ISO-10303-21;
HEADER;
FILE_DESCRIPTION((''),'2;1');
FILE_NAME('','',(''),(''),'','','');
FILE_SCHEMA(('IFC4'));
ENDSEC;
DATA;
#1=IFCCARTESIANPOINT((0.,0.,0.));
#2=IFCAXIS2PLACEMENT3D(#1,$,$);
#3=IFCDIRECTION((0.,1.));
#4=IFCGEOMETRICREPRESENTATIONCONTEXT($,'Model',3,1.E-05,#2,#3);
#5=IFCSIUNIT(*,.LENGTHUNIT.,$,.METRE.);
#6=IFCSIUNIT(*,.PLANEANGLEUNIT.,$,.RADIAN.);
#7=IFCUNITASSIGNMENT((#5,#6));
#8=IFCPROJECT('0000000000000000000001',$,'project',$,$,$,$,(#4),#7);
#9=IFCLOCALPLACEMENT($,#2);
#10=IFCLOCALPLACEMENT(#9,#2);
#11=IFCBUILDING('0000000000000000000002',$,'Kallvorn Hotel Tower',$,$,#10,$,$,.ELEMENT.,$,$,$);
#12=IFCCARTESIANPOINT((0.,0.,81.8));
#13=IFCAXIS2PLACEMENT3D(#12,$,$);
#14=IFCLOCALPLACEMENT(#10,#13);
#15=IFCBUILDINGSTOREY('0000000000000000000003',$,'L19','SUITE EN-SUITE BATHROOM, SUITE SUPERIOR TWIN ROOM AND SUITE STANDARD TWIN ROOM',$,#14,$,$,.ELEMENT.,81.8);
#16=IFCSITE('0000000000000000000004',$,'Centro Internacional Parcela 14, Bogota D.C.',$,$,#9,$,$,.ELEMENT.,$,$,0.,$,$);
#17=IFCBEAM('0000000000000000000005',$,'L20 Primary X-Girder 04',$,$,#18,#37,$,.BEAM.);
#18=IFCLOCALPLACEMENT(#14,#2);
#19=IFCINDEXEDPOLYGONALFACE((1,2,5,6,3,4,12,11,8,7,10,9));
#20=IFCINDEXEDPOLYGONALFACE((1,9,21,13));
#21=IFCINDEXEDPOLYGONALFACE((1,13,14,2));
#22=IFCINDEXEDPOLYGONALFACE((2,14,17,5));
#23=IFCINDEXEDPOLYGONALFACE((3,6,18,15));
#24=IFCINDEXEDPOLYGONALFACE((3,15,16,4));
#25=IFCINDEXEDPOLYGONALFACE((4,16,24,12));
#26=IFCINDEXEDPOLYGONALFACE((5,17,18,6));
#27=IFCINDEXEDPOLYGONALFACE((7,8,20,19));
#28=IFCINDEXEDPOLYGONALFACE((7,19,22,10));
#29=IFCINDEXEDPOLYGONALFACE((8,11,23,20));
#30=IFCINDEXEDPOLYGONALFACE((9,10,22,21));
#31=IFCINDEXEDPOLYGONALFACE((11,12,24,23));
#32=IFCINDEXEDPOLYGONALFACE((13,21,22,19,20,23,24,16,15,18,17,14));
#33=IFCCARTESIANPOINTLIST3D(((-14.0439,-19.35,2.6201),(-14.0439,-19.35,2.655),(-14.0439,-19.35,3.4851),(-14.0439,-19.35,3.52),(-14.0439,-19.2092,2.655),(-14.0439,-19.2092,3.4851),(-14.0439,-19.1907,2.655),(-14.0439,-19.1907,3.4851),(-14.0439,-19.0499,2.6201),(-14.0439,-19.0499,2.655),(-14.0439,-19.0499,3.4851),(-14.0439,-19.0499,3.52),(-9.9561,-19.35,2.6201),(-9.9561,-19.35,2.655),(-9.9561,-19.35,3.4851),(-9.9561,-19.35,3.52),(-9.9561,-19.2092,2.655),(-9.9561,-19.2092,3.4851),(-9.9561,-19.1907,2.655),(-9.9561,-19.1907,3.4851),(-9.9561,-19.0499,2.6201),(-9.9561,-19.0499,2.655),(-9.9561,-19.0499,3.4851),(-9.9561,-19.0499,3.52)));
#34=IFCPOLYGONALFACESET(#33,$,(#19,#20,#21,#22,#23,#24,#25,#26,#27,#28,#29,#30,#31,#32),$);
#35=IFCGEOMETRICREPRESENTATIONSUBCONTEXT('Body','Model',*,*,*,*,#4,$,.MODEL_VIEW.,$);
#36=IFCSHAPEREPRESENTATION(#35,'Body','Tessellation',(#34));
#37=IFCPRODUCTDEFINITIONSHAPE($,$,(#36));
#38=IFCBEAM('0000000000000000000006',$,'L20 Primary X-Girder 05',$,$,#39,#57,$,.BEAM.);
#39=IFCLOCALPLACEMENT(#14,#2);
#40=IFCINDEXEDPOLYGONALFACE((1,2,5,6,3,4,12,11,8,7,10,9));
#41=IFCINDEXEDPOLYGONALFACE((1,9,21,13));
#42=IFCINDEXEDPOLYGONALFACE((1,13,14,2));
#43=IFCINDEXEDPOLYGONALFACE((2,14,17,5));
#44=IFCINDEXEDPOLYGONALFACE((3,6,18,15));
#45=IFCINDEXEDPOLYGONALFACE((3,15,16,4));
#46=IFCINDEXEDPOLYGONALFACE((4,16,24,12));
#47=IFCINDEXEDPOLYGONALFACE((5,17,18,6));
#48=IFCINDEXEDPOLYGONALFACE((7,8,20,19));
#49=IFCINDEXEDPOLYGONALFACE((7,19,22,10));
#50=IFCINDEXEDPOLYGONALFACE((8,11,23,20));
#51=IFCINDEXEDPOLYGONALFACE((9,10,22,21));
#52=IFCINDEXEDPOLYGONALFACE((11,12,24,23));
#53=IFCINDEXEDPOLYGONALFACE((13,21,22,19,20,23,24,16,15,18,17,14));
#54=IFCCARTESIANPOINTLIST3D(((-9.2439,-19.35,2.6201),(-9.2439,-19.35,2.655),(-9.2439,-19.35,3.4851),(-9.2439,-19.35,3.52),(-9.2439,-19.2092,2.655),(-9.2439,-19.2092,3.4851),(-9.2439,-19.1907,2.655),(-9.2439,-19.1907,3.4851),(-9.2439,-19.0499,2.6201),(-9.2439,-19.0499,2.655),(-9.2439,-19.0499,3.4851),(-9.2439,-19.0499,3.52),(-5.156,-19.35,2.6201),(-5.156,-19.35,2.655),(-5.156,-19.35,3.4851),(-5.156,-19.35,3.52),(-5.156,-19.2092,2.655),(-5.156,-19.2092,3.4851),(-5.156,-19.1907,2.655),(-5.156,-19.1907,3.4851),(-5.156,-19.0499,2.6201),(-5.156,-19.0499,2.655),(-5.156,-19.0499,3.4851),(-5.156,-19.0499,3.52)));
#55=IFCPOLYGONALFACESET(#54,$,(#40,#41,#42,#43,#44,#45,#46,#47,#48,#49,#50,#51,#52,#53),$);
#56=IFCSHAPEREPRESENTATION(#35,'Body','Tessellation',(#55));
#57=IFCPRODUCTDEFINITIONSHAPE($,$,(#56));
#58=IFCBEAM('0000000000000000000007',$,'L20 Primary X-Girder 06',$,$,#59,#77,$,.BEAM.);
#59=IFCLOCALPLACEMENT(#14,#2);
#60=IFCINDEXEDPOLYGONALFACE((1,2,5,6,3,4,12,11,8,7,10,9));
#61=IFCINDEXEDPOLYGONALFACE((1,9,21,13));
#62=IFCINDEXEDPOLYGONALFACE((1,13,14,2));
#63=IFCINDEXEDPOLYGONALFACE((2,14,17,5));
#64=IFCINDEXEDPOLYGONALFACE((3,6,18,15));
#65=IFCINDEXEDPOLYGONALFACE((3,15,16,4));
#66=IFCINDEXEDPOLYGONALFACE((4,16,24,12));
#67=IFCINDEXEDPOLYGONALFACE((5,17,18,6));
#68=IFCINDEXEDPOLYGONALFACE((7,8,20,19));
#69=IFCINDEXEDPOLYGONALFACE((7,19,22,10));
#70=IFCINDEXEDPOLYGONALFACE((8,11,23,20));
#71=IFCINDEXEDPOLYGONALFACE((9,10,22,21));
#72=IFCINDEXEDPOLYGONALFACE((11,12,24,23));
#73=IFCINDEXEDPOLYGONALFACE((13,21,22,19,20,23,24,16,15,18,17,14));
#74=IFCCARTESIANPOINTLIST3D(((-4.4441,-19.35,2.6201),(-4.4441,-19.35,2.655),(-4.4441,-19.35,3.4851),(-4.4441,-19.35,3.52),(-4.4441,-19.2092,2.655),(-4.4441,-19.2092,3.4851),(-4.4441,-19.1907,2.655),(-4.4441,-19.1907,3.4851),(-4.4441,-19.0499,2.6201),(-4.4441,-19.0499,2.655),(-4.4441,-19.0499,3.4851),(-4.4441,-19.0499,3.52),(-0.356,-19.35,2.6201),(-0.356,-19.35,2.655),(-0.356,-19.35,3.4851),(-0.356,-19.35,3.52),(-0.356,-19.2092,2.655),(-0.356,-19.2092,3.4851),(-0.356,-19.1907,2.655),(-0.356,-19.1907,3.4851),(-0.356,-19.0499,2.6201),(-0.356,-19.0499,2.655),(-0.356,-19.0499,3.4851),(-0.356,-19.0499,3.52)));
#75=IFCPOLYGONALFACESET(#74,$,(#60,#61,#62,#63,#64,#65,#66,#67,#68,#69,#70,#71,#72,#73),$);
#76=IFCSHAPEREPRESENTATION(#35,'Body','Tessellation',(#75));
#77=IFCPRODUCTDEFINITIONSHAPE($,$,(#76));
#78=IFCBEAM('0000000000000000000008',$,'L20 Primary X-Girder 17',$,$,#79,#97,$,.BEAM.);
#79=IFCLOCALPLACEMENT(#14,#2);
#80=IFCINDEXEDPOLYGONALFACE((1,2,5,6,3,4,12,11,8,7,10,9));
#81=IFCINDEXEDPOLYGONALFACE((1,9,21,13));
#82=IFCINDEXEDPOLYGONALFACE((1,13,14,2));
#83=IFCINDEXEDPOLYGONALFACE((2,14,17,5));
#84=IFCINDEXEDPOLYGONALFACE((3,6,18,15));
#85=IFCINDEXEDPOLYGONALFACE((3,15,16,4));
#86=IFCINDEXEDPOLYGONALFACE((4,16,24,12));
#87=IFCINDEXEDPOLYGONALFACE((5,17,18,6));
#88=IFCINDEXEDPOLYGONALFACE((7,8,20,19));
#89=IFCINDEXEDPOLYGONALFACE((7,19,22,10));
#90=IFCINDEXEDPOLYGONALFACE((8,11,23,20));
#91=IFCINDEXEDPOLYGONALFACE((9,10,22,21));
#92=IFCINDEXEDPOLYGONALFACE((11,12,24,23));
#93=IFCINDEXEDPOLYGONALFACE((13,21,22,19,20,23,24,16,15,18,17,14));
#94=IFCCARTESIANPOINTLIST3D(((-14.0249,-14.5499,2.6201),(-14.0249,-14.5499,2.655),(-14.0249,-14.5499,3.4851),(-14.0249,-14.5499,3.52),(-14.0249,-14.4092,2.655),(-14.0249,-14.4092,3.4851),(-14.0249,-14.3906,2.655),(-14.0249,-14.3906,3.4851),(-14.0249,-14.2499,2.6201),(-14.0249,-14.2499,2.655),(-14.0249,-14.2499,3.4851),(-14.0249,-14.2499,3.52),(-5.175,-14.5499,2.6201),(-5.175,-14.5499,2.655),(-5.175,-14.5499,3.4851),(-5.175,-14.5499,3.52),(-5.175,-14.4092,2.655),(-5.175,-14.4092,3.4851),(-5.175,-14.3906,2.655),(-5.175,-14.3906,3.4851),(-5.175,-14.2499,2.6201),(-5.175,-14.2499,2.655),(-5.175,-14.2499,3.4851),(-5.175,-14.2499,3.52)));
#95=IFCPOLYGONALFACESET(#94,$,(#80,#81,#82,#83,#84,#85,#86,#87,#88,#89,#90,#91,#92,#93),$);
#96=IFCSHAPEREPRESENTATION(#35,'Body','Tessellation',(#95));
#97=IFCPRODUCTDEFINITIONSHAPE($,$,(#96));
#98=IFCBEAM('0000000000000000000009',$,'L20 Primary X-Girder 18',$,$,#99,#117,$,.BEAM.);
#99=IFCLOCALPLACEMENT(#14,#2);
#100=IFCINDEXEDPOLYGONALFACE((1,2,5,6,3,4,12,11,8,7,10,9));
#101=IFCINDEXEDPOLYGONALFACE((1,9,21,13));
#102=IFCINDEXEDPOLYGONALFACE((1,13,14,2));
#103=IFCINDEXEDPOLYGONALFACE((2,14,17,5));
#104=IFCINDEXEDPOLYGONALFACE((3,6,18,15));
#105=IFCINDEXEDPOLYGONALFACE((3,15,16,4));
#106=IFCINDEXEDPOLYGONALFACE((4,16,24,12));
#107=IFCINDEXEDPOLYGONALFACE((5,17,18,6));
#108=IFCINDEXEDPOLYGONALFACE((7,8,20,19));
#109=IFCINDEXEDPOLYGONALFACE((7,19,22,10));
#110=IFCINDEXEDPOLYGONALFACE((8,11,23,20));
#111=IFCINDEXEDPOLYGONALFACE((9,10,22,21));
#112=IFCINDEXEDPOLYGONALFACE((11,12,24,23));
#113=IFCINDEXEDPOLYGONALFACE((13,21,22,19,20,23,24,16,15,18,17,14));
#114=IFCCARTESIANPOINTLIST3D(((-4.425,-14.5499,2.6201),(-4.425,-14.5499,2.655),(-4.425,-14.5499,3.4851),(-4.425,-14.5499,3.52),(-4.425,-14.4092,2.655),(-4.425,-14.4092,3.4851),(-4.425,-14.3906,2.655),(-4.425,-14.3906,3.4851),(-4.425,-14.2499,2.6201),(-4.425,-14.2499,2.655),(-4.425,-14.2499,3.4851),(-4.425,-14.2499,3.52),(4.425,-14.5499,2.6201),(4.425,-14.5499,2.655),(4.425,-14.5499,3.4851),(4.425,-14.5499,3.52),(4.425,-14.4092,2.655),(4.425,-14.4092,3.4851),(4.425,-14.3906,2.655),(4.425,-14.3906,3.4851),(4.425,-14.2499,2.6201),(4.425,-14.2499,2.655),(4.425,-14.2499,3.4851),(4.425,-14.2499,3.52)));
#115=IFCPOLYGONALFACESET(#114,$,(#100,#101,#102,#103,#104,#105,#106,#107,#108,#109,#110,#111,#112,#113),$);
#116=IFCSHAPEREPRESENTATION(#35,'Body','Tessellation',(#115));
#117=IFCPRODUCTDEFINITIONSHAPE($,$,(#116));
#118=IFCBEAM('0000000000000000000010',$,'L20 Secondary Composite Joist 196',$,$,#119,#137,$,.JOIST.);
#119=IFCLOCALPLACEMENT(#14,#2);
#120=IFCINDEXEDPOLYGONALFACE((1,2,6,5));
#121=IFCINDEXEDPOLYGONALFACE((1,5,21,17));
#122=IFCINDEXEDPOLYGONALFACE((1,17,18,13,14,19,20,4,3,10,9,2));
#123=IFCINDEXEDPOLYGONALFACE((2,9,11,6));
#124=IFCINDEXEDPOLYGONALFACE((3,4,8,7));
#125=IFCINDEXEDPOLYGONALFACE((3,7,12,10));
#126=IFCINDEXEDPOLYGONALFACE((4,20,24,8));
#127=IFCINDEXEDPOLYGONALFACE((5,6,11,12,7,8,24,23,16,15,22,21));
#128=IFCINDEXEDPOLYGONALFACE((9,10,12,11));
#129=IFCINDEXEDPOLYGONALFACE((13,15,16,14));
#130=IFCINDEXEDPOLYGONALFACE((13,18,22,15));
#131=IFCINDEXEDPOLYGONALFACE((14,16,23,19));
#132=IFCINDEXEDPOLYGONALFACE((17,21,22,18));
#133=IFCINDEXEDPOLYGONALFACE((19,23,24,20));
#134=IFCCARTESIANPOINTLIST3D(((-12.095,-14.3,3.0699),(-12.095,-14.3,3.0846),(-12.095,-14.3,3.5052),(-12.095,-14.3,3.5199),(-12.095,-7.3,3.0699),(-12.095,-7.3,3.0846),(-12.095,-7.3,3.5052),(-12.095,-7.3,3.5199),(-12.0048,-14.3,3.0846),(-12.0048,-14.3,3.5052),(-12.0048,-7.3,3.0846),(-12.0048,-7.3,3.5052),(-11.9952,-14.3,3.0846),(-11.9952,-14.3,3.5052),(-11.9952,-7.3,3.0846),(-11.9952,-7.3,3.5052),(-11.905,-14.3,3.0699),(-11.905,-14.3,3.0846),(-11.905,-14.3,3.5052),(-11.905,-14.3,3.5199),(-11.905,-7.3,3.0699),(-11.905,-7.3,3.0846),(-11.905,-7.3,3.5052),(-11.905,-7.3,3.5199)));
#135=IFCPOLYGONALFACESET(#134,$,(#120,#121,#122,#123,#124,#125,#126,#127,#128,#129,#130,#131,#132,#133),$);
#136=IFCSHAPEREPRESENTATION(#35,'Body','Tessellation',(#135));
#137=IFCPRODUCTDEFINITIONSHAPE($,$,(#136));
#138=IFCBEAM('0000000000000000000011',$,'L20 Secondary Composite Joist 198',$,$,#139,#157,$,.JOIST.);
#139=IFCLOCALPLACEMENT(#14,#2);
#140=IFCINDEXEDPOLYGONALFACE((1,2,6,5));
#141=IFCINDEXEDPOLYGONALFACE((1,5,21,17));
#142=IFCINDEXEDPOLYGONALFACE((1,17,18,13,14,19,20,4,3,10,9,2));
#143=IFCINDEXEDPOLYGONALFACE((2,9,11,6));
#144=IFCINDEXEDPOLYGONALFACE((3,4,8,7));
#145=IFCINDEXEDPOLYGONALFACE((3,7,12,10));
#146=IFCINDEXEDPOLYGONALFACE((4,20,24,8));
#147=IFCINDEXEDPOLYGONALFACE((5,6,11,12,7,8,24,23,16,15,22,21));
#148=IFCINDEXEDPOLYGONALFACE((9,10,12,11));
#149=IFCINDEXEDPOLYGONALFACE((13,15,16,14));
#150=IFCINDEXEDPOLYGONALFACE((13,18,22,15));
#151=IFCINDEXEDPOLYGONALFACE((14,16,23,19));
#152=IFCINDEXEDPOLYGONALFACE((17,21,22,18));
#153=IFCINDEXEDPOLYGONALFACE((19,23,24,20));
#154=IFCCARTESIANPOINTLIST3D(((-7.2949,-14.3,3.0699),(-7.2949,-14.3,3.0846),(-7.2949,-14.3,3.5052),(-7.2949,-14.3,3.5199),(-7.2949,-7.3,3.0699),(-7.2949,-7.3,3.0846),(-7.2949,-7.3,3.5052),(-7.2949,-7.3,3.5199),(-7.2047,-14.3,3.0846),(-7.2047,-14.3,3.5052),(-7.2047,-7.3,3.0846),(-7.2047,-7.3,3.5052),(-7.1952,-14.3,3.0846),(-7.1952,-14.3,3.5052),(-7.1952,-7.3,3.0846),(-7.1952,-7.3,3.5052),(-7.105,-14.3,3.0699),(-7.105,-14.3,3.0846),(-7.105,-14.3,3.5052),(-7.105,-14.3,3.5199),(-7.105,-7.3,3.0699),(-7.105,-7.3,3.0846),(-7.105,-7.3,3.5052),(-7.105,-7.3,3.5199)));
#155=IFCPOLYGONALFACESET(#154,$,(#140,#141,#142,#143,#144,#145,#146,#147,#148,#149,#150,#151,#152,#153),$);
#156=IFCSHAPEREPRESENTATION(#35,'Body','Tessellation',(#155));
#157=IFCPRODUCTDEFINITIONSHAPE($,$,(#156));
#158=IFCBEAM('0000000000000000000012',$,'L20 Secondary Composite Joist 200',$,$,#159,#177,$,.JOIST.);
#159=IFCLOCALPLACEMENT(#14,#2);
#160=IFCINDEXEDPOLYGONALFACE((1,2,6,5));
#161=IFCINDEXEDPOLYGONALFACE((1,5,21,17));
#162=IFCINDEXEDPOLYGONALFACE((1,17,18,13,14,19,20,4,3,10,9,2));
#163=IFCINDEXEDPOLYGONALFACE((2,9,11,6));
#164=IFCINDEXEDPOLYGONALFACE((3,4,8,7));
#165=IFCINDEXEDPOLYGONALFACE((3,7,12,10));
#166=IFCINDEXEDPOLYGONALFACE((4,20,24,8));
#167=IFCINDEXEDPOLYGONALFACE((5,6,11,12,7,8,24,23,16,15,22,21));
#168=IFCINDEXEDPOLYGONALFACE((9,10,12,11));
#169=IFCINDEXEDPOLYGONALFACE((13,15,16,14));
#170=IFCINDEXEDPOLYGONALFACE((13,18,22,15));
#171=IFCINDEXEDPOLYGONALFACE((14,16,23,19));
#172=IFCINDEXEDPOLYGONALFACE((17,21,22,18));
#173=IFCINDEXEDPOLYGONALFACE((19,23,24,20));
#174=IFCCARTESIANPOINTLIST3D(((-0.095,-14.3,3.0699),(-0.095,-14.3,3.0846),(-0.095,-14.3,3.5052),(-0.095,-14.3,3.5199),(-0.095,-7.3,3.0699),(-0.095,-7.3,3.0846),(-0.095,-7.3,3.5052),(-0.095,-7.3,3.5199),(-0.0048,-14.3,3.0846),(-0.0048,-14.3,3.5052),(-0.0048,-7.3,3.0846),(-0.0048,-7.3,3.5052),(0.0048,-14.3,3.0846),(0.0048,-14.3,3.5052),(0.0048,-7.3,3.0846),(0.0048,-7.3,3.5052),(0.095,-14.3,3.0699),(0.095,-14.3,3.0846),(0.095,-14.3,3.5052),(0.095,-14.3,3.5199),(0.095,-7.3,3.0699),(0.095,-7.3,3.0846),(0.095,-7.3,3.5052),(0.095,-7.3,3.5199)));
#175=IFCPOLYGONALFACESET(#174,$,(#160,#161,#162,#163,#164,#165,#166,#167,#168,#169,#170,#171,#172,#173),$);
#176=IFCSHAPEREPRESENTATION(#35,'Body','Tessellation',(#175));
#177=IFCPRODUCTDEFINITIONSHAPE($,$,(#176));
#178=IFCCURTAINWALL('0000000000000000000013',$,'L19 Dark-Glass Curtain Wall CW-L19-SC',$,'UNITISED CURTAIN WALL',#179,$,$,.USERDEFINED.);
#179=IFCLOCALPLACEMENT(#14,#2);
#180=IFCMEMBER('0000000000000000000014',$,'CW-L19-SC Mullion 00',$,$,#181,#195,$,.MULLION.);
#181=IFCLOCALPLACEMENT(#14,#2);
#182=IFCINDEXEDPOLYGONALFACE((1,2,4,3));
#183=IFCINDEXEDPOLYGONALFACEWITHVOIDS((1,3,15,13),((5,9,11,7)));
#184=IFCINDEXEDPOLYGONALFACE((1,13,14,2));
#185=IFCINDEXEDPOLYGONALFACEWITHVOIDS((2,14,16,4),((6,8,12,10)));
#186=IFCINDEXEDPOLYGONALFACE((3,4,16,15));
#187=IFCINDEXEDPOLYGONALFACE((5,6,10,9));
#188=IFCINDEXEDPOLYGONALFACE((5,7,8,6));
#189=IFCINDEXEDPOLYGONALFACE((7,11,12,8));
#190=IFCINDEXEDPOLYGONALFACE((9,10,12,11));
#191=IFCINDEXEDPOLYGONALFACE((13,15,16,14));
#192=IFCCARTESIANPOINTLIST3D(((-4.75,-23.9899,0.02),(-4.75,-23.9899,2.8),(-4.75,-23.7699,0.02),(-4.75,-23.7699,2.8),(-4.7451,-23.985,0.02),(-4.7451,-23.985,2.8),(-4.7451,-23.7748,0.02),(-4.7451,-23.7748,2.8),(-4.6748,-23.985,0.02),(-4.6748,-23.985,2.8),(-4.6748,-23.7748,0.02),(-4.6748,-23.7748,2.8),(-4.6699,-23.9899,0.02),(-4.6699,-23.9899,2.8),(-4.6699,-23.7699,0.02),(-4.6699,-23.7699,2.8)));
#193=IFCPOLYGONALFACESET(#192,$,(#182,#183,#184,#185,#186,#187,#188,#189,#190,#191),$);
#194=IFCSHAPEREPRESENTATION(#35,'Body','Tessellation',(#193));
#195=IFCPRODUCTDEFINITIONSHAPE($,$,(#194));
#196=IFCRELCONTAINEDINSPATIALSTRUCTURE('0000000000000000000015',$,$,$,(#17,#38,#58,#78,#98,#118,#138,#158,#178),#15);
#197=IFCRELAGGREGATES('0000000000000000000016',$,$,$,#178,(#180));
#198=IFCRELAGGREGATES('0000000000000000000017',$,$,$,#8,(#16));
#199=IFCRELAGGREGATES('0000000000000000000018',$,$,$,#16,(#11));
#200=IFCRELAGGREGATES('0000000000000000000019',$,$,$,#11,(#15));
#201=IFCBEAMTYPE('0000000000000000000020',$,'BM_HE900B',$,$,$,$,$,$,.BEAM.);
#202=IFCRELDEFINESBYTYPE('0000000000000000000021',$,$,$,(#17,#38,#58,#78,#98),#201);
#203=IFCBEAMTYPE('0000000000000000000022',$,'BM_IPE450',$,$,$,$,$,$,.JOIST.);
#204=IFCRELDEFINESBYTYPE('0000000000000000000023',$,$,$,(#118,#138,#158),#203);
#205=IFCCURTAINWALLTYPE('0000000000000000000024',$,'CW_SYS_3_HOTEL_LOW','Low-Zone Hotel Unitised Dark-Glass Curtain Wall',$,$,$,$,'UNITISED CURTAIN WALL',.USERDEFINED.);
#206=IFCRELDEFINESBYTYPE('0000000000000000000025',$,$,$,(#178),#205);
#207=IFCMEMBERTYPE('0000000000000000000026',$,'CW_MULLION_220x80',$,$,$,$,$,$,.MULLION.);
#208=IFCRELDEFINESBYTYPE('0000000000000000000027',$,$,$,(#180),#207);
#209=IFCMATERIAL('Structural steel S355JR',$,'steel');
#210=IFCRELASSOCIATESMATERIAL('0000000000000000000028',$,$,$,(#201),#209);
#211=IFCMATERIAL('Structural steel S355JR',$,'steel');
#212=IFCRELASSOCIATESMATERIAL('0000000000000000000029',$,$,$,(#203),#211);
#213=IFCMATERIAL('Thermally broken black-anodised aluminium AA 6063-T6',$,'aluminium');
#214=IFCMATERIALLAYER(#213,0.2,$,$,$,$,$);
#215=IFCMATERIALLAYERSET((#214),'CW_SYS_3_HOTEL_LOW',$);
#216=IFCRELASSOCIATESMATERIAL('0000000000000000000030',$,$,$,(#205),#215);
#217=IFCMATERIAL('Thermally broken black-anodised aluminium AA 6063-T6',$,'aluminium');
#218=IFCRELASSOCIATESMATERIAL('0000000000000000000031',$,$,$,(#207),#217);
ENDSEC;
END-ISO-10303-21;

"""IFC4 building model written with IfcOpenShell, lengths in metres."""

from ifc_helpers import new_model, si_unit, direction, frame, origin, origin_2d, place, context, subcontext, project, spatial, hollow_rectangle, i_section, extrude, material, layer, layer_set, material_profile, profile_set, type_object, element, aggregate, save


model = new_model("IFC4")

# Units and contexts
model_context = context("Model", 3, precision=1e-05, world=origin(), true_north=direction((0.0, 1.0)))
body_context = subcontext(model_context, "Body", "Model", "MODEL_VIEW")
ifc_project = project(units=[si_unit("LENGTHUNIT", "METRE"), si_unit("PLANEANGLEUNIT", "RADIAN")], contexts=[model_context])

# Site, building, storey
site_placement = place(None, origin())
site = spatial("IfcSite", under=ifc_project, at=site_placement, Name="Centro Internacional Parcela 14, Bogota D.C.", CompositionType="ELEMENT", RefElevation=0.0)
building_placement = place(site_placement, origin())
building = spatial("IfcBuilding", under=site, at=building_placement, Name="Kallvorn Hotel Tower", CompositionType="ELEMENT")
storey_placement = place(building_placement, frame((0.0, 0.0, 81.8)))
storey = spatial("IfcBuildingStorey", under=building, at=storey_placement, Name="L19", Description="SUITE EN-SUITE BATHROOM, SUITE SUPERIOR TWIN ROOM AND SUITE STANDARD TWIN ROOM", CompositionType="ELEMENT", Elevation=81.8)

# Beams
ifc_material_1 = material(Name="Structural steel S355JR", Category="steel")
ifc_material_profile_1 = material_profile(ifc_material_1, i_section(OverallWidth=0.3, OverallDepth=0.8999, WebThickness=0.0186, FlangeThickness=0.0349, at=origin_2d()), Name="HE 900 B")
ifc_profile_set_1 = profile_set([ifc_material_profile_1], Name="Structural steel S355JR")
beam_type_1 = type_object("IfcBeamType", Name="BM_HE900B", PredefinedType="BEAM", material=ifc_profile_set_1)
for number, where, z_axis, x_axis, name in (
    (1, (-14.0439, -19.2, 3.0701), (1.0, 0.0, 0.0), (0.0, 1.0, 0.0), "L20 Primary X-Girder 04"),
    (2, (-9.2439, -19.2, 3.0701), (1.0, 0.0, 0.0), (0.0, 1.0, 0.0), "L20 Primary X-Girder 05"),
):
    element("IfcBeam", number, at=place(storey_placement, frame(where, z_axis=z_axis, x_axis=x_axis)), inside=storey, type_object=beam_type_1, Name=name, PredefinedType="BEAM", context=body_context, shape_type="SweptSolid", body=[
        extrude(i_section(OverallWidth=0.3, OverallDepth=0.8999, WebThickness=0.0186, FlangeThickness=0.0349, at=origin_2d()), origin(), (0.0, 0.0, 1.0), 4.0879),
    ])
beam_1_placement = place(storey_placement, frame((-4.4441, -19.2, 3.0701), z_axis=(1.0, 0.0, 0.0), x_axis=(0.0, 1.0, 0.0)))
element("IfcBeam", 3, at=beam_1_placement, inside=storey, type_object=beam_type_1, Name="L20 Primary X-Girder 06", PredefinedType="BEAM", context=body_context, shape_type="SweptSolid", body=[
    extrude(i_section(OverallWidth=0.3, OverallDepth=0.8999, WebThickness=0.0186, FlangeThickness=0.0349, at=origin_2d()), origin(), (0.0, 0.0, 1.0), 4.0881),
])
beam_2_placement = place(storey_placement, frame((-14.0249, -14.3999, 3.0701), z_axis=(1.0, 0.0, 0.0), x_axis=(0.0, 1.0, 0.0)))
element("IfcBeam", 4, at=beam_2_placement, inside=storey, type_object=beam_type_1, Name="L20 Primary X-Girder 17", PredefinedType="BEAM", context=body_context, shape_type="SweptSolid", body=[
    extrude(i_section(OverallWidth=0.3, OverallDepth=0.8999, WebThickness=0.0186, FlangeThickness=0.0349, at=origin_2d()), origin(), (0.0, 0.0, 1.0), 8.8499),
])
beam_3_placement = place(storey_placement, frame((-4.425, -14.3999, 3.0701), z_axis=(1.0, 0.0, 0.0), x_axis=(0.0, 1.0, 0.0)))
element("IfcBeam", 5, at=beam_3_placement, inside=storey, type_object=beam_type_1, Name="L20 Primary X-Girder 18", PredefinedType="BEAM", context=body_context, shape_type="SweptSolid", body=[
    extrude(i_section(OverallWidth=0.3, OverallDepth=0.8999, WebThickness=0.0186, FlangeThickness=0.0349, at=origin_2d()), origin(), (0.0, 0.0, 1.0), 8.8501),
])
ifc_material_2 = material(Name="Structural steel S355JR", Category="steel")
ifc_material_profile_2 = material_profile(ifc_material_2, i_section(OverallWidth=0.1899, OverallDepth=0.45, WebThickness=0.0095, FlangeThickness=0.0146, at=origin_2d()), Name="IPE 450")
ifc_profile_set_2 = profile_set([ifc_material_profile_2], Name="Structural steel S355JR")
beam_type_2 = type_object("IfcBeamType", Name="BM_IPE450", PredefinedType="JOIST", material=ifc_profile_set_2)
for number, where, z_axis, x_axis, name in (
    (6, (-12.0, -14.3, 3.2949), (0.0, 1.0, 0.0), (-1.0, 0.0, 0.0), "L20 Secondary Composite Joist 196"),
    (7, (-7.2, -14.3, 3.2949), (0.0, 1.0, 0.0), (-1.0, 0.0, 0.0), "L20 Secondary Composite Joist 198"),
    (8, (0.0, -14.3, 3.2949), (0.0, 1.0, 0.0), (-1.0, 0.0, 0.0), "L20 Secondary Composite Joist 200"),
):
    element("IfcBeam", number, at=place(storey_placement, frame(where, z_axis=z_axis, x_axis=x_axis)), inside=storey, type_object=beam_type_2, Name=name, PredefinedType="JOIST", context=body_context, shape_type="SweptSolid", body=[
        extrude(i_section(OverallWidth=0.1899, OverallDepth=0.45, WebThickness=0.0095, FlangeThickness=0.0146, at=origin_2d()), origin(), (0.0, 0.0, 1.0), 7.0),
    ])

# Curtain wall, member
ifc_material_3 = material(Name="Thermally broken black-anodised aluminium AA 6063-T6", Category="aluminium")
ifc_layer_1 = layer(ifc_material_3, 0.2)
ifc_layer_set_1 = layer_set([ifc_layer_1], Name="CW_SYS_3_HOTEL_LOW")
curtain_wall_type = type_object("IfcCurtainWallType", Name="CW_SYS_3_HOTEL_LOW", Description="Low-Zone Hotel Unitised Dark-Glass Curtain Wall", ElementType="UNITISED CURTAIN WALL", PredefinedType="USERDEFINED", material=ifc_layer_set_1)
curtain_wall_placement = place(storey_placement, origin())
curtain_wall = element("IfcCurtainWall", 9, at=curtain_wall_placement, inside=storey, type_object=curtain_wall_type, Name="L19 Dark-Glass Curtain Wall CW-L19-SC", ObjectType="UNITISED CURTAIN WALL", PredefinedType="USERDEFINED")
ifc_material_4 = material(Name="Thermally broken black-anodised aluminium AA 6063-T6", Category="aluminium")
ifc_material_profile_3 = material_profile(ifc_material_4, hollow_rectangle(XDim=0.0801, YDim=0.22, WallThickness=0.0049, at=origin_2d()), Name="MUL 220x80")
ifc_profile_set_3 = profile_set([ifc_material_profile_3], Name="Thermally broken black-anodised aluminium AA 6063-T6")
member_type_1 = type_object("IfcMemberType", Name="CW_MULLION_220x80", PredefinedType="MULLION", material=ifc_profile_set_3)
member_1_placement = place(storey_placement, frame((-4.71, -23.8799, 0.02), z_axis=(0.0, 0.0, 1.0), x_axis=(1.0, 0.0, 0.0)))
member_1 = element("IfcMember", 10, at=member_1_placement, type_object=member_type_1, Name="CW-L19-SC Mullion 00", PredefinedType="MULLION", context=body_context, shape_type="SweptSolid", body=[
    extrude(hollow_rectangle(XDim=0.0801, YDim=0.22, WallThickness=0.0049, at=origin_2d()), origin(), (0.0, 0.0, 1.0), 2.78),
])
aggregate(curtain_wall, [member_1])

save(model, "model.ifc")
